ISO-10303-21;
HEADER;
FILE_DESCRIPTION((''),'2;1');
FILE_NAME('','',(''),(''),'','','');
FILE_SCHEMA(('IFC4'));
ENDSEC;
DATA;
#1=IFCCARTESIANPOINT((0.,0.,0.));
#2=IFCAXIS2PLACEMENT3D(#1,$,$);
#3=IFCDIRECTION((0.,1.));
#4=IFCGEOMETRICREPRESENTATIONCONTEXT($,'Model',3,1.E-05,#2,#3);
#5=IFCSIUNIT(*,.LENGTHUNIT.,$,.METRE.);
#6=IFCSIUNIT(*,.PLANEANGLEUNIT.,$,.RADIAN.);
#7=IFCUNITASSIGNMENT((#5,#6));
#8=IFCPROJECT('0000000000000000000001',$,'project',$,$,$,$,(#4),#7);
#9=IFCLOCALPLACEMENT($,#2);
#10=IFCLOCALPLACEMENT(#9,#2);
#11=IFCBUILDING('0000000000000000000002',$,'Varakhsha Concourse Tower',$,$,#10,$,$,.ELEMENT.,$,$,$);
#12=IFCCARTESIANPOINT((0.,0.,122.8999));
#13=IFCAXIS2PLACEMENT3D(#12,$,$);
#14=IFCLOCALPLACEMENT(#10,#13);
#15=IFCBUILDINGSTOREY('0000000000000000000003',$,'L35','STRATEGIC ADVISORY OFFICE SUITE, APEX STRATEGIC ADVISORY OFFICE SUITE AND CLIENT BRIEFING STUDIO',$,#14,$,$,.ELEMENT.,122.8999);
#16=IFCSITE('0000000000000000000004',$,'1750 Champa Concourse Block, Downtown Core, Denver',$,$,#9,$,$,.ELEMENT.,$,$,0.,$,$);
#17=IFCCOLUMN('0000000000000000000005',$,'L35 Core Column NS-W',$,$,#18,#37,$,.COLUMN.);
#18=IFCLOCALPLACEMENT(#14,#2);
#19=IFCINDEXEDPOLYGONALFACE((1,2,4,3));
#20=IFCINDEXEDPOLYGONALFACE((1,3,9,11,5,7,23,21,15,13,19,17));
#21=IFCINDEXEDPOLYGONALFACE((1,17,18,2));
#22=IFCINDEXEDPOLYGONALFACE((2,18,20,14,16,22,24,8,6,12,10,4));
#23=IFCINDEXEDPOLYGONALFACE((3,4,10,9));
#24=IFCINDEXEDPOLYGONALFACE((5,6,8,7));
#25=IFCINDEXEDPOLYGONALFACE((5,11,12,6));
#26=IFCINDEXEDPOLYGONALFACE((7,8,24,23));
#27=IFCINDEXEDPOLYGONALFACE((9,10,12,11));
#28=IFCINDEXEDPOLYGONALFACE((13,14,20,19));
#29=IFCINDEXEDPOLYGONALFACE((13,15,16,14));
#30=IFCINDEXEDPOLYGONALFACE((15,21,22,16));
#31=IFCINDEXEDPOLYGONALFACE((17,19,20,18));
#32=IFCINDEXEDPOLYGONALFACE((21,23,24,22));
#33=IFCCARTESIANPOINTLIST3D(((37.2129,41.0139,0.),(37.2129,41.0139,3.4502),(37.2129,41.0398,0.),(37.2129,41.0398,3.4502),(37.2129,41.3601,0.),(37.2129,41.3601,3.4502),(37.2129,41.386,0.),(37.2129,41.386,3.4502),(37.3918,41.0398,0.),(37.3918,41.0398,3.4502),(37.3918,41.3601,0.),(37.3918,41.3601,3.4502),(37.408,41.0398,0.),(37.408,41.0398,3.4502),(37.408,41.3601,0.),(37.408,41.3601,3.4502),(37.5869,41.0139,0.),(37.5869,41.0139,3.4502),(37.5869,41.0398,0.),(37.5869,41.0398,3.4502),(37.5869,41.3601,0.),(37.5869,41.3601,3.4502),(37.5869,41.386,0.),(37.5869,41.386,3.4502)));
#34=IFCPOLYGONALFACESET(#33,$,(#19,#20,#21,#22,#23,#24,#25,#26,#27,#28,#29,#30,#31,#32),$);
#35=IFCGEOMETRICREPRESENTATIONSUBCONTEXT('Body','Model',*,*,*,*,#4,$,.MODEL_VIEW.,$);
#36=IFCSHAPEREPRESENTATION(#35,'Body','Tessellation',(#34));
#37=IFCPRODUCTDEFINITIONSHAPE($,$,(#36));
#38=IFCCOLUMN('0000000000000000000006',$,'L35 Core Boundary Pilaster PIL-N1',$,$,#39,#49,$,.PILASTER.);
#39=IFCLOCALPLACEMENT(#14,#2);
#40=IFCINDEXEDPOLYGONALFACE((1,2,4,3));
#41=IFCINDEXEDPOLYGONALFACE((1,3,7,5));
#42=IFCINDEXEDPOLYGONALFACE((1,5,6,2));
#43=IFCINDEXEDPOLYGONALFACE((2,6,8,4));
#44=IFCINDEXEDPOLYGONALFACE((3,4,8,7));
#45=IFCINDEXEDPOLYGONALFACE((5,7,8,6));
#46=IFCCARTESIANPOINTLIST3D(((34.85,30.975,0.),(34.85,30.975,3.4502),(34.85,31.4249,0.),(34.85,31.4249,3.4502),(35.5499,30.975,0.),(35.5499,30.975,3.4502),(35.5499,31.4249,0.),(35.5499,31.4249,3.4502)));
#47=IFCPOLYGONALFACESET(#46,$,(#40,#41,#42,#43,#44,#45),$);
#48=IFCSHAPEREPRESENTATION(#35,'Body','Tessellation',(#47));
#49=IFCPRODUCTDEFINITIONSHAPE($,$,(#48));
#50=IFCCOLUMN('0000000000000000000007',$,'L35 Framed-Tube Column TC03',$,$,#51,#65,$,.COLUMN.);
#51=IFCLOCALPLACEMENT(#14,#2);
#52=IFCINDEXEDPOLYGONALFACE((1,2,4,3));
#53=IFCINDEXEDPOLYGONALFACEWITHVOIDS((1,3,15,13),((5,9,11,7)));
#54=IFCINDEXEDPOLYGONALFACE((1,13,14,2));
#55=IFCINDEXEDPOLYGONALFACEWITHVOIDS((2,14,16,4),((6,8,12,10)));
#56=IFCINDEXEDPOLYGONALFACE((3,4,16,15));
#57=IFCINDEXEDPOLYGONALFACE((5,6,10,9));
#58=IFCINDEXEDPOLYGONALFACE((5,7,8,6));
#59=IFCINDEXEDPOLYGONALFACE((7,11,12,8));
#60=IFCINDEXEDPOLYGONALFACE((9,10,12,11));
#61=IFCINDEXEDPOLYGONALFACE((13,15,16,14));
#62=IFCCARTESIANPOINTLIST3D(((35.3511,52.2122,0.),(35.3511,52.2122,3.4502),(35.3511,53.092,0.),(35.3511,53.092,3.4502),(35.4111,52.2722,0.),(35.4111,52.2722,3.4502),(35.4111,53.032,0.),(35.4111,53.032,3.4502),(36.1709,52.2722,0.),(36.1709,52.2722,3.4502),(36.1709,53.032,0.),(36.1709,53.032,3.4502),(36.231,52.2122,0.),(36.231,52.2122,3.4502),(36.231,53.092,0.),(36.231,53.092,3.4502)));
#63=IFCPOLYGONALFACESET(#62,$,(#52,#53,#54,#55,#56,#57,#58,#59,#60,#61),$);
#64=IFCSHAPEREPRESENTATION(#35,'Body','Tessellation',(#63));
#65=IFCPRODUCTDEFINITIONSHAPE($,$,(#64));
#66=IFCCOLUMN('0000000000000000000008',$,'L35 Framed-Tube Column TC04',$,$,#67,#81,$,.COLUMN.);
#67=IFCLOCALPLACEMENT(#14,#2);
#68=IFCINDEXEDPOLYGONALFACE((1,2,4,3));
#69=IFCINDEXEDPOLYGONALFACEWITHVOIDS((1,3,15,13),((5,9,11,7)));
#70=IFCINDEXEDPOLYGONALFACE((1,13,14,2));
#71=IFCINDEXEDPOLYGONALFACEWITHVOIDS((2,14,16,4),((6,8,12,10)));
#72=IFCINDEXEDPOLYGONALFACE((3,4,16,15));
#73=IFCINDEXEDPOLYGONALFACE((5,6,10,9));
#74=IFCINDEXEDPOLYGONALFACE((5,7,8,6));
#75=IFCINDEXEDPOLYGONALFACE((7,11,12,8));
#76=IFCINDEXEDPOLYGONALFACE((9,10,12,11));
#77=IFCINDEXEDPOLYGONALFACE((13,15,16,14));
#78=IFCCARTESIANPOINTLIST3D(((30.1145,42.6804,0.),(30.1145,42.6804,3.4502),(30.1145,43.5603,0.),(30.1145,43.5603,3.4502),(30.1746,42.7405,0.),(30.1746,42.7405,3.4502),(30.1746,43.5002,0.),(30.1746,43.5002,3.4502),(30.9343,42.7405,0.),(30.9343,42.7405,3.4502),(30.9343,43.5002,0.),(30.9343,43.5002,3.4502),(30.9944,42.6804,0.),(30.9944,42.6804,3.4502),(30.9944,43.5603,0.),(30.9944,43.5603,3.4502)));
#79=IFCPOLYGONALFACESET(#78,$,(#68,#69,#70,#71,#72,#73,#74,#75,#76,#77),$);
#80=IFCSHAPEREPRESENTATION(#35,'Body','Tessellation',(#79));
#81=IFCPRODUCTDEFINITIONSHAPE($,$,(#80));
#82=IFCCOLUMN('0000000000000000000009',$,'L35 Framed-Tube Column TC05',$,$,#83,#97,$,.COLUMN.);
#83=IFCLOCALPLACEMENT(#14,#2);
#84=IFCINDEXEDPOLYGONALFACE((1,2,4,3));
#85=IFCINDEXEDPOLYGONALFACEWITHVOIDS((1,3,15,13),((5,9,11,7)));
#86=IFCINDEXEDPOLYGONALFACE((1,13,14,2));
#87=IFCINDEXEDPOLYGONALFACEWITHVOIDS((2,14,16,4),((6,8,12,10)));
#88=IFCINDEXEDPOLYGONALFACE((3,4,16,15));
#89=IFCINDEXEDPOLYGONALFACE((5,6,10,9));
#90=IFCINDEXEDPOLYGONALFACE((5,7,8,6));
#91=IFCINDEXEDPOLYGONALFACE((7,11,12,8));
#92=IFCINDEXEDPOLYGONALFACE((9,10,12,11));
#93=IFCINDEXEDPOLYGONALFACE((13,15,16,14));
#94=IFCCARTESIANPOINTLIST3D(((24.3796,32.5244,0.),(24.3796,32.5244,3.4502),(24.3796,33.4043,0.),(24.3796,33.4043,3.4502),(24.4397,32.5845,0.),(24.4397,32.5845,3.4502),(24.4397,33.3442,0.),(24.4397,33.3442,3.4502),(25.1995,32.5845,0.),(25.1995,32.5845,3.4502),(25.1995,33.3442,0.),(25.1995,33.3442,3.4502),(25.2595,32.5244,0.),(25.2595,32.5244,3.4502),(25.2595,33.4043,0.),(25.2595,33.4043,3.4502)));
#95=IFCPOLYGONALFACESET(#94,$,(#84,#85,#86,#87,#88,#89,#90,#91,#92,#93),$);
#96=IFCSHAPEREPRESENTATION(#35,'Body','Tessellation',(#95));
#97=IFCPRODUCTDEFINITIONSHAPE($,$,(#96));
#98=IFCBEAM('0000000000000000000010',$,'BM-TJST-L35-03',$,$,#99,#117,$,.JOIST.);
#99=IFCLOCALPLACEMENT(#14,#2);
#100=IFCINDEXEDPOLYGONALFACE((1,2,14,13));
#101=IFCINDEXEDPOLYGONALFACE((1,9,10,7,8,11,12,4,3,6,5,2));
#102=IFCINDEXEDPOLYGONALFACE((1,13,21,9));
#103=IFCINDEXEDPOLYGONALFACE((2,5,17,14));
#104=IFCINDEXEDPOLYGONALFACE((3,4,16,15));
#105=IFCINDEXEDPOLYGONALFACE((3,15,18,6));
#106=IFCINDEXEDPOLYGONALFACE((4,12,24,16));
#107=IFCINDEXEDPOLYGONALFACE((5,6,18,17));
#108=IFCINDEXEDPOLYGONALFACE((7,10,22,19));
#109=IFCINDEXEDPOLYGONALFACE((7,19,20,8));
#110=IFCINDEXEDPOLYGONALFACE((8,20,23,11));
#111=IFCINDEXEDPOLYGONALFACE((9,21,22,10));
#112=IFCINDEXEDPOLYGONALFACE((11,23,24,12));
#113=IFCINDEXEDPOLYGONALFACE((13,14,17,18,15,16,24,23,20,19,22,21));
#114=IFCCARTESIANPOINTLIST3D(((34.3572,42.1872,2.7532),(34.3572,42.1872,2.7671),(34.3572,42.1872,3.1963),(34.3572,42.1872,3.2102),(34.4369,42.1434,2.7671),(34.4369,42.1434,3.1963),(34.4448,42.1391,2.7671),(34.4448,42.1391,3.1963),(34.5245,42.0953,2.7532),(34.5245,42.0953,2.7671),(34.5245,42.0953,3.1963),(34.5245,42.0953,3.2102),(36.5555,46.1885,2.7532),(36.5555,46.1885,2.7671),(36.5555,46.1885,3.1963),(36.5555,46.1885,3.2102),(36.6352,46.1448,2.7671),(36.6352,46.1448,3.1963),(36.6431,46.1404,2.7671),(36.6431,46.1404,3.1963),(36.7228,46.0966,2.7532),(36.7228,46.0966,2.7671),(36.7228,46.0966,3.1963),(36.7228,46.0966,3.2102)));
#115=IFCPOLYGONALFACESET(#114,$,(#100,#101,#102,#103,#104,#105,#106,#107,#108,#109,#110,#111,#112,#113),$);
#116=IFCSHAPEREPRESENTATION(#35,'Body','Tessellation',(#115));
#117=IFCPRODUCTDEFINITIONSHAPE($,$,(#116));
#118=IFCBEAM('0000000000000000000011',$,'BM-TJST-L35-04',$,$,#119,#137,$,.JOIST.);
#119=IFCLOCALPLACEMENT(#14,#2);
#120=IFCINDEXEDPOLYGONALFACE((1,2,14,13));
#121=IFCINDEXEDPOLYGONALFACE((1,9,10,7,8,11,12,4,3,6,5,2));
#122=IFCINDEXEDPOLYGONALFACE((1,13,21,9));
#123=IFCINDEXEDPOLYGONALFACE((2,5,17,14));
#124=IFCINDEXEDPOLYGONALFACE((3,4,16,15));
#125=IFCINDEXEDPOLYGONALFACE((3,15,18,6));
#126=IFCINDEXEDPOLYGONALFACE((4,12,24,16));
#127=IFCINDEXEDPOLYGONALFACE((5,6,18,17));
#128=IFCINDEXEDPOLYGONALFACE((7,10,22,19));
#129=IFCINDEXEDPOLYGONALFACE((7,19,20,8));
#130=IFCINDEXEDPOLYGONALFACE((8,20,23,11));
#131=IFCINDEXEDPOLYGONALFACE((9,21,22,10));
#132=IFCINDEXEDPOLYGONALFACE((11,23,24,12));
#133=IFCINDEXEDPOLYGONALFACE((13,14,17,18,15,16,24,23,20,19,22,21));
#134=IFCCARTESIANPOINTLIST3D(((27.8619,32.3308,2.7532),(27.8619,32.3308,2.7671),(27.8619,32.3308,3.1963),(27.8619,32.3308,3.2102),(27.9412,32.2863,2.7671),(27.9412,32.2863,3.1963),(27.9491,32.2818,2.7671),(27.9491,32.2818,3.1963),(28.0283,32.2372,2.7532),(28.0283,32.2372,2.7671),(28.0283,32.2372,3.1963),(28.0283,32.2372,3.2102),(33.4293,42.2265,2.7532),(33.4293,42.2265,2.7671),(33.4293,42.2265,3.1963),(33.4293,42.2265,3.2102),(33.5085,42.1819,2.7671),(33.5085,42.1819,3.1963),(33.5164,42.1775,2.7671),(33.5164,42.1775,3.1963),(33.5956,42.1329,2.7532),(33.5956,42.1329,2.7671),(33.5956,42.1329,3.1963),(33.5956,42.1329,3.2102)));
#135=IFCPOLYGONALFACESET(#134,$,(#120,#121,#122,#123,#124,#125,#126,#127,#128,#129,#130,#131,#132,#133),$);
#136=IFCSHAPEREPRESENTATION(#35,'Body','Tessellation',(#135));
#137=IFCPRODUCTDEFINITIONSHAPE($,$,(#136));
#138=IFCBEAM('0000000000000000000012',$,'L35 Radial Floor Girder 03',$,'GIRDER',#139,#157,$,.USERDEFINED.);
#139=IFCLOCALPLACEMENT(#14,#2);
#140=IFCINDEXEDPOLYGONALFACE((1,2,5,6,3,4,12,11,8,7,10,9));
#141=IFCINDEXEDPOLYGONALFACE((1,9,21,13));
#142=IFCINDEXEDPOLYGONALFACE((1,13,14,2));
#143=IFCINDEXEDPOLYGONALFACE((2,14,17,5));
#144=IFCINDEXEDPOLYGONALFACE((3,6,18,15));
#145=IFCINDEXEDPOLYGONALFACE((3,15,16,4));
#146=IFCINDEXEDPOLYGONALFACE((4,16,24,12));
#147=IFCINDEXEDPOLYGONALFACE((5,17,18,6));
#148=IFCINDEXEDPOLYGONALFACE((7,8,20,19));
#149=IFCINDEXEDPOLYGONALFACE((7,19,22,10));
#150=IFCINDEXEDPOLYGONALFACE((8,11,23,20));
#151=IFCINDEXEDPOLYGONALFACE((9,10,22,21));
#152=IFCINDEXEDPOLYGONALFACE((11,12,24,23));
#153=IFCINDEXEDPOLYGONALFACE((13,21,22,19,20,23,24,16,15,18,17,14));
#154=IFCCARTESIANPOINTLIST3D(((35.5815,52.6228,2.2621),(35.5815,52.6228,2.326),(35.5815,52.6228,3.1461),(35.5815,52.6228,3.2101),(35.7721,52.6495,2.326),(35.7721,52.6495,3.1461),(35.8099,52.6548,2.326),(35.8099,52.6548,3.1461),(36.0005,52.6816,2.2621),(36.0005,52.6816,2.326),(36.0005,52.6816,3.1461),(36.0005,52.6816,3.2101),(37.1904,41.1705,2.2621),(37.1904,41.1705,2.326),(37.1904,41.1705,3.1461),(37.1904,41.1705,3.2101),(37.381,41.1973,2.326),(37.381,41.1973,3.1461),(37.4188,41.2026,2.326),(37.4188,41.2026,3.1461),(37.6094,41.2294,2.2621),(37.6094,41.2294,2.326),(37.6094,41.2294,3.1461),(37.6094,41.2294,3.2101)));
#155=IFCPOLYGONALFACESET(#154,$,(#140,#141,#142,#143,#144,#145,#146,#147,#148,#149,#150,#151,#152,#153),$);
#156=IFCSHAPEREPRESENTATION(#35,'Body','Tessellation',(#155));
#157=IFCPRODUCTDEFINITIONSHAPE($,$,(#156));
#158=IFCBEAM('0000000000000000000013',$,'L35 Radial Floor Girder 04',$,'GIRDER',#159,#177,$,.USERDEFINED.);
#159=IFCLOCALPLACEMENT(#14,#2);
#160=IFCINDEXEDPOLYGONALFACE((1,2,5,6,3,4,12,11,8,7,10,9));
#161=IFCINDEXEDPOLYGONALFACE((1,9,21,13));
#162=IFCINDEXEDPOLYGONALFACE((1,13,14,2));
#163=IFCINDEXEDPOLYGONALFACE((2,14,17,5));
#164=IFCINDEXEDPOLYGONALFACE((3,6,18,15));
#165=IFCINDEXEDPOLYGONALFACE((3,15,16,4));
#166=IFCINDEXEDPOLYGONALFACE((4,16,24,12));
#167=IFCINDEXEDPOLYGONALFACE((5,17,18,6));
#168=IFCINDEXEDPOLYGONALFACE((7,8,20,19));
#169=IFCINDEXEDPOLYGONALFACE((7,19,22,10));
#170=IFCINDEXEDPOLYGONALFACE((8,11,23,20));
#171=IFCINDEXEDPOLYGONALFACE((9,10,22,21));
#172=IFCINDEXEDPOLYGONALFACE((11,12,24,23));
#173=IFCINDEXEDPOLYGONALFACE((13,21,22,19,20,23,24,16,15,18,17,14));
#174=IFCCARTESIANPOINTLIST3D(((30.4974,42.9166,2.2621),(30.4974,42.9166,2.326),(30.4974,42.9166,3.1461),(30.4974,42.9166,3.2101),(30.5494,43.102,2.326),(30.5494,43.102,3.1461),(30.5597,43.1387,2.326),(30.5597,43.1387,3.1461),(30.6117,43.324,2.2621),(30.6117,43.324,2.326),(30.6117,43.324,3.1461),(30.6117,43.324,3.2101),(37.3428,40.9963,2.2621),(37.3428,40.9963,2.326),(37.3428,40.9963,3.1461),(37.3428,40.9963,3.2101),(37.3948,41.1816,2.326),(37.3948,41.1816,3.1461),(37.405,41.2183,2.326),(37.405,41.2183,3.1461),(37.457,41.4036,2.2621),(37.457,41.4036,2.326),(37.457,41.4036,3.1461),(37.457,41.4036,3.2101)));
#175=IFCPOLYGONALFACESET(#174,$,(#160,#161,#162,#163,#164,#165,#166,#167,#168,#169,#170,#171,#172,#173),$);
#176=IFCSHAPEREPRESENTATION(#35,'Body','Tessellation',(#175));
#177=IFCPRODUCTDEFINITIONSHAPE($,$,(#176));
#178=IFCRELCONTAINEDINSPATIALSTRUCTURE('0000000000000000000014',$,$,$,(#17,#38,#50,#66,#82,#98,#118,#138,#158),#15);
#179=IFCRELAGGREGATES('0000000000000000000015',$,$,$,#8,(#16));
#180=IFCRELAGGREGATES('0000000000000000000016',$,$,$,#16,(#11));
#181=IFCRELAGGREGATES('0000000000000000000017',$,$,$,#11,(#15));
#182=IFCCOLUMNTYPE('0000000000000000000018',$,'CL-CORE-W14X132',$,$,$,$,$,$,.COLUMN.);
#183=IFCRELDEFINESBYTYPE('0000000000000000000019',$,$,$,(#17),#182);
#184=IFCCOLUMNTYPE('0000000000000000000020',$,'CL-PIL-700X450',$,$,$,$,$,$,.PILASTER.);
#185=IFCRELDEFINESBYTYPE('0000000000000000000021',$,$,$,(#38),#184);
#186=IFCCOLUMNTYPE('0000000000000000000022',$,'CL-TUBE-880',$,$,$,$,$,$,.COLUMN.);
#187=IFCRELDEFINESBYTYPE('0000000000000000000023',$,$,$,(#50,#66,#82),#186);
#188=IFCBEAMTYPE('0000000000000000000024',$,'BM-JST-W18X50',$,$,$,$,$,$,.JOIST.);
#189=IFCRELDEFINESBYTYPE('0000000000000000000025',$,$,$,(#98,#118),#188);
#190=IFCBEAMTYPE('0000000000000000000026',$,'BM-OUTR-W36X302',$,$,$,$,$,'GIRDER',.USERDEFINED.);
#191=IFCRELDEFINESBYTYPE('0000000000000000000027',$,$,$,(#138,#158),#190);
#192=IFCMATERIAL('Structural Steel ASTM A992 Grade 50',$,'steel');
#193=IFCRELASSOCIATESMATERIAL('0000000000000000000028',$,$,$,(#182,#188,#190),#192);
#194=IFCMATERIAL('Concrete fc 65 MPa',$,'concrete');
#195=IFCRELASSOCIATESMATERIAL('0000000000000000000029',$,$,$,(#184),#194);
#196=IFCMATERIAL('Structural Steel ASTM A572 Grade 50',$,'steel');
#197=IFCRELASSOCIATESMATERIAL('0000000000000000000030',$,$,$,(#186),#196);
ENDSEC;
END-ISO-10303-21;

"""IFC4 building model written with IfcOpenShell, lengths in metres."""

from ifc_helpers import new_model, si_unit, direction, frame, origin, origin_2d, place, context, subcontext, project, spatial, rectangle, hollow_rectangle, i_section, extrude, material, material_profile, profile_set, type_object, element, save


model = new_model("IFC4")

# Units and contexts
model_context = context("Model", 3, precision=1e-05, world=origin(), true_north=direction((0.0, 1.0)))
body_context = subcontext(model_context, "Body", "Model", "MODEL_VIEW")
ifc_project = project(units=[si_unit("LENGTHUNIT", "METRE"), si_unit("PLANEANGLEUNIT", "RADIAN")], contexts=[model_context])

# Site, building, storey
site_placement = place(None, origin())
site = spatial("IfcSite", under=ifc_project, at=site_placement, Name="1750 Champa Concourse Block, Downtown Core, Denver", CompositionType="ELEMENT", RefElevation=0.0)
building_placement = place(site_placement, origin())
building = spatial("IfcBuilding", under=site, at=building_placement, Name="Varakhsha Concourse Tower", CompositionType="ELEMENT")
storey_placement = place(building_placement, frame((0.0, 0.0, 122.8999)))
storey = spatial("IfcBuildingStorey", under=building, at=storey_placement, Name="L35", Description="STRATEGIC ADVISORY OFFICE SUITE, APEX STRATEGIC ADVISORY OFFICE SUITE AND CLIENT BRIEFING STUDIO", CompositionType="ELEMENT", Elevation=122.8999)

# Columns
ifc_material_1 = material(Name="Structural Steel ASTM A992 Grade 50", Category="steel")
ifc_material_profile_1 = material_profile(ifc_material_1, i_section(OverallWidth=0.374, OverallDepth=0.3721, WebThickness=0.0161, FlangeThickness=0.0259, at=origin_2d()), Name="W14X132")
ifc_profile_set_1 = profile_set([ifc_material_profile_1], Name="Structural Steel ASTM A992 Grade 50")
column_type_1 = type_object("IfcColumnType", Name="CL-CORE-W14X132", PredefinedType="COLUMN", material=ifc_profile_set_1)
column_1_placement = place(storey_placement, frame((37.3999, 41.2, 0.0), z_axis=(0.0, 0.0, 1.0), x_axis=(1.0, 0.0, 0.0)))
element("IfcColumn", 1, at=column_1_placement, inside=storey, type_object=column_type_1, Name="L35 Core Column NS-W", PredefinedType="COLUMN", context=body_context, shape_type="SweptSolid", body=[
    extrude(i_section(OverallWidth=0.374, OverallDepth=0.3721, WebThickness=0.0161, FlangeThickness=0.0259, at=origin_2d()), origin(), (0.0, 0.0, 1.0), 3.4502),
])
ifc_material_2 = material(Name="Concrete fc 65 MPa", Category="concrete")
ifc_material_profile_2 = material_profile(ifc_material_2, rectangle(XDim=0.7, YDim=0.45, at=origin_2d()), Name="RC 700x450")
ifc_profile_set_2 = profile_set([ifc_material_profile_2], Name="Concrete fc 65 MPa")
column_type_2 = type_object("IfcColumnType", Name="CL-PIL-700X450", PredefinedType="PILASTER", material=ifc_profile_set_2)
column_2_placement = place(storey_placement, frame((35.2, 31.2, 0.0), z_axis=(0.0, 0.0, 1.0), x_axis=(1.0, 0.0, 0.0)))
element("IfcColumn", 2, at=column_2_placement, inside=storey, type_object=column_type_2, Name="L35 Core Boundary Pilaster PIL-N1", PredefinedType="PILASTER", context=body_context, shape_type="SweptSolid", body=[
    extrude(rectangle(XDim=0.7, YDim=0.45, at=origin_2d()), origin(), (0.0, 0.0, 1.0), 3.4502),
])
ifc_material_3 = material(Name="Structural Steel ASTM A572 Grade 50", Category="steel")
ifc_material_profile_3 = material_profile(ifc_material_3, hollow_rectangle(XDim=0.8799, YDim=0.8799, WallThickness=0.0601, at=origin_2d()), Name="BOX 880x880x60")
ifc_profile_set_3 = profile_set([ifc_material_profile_3], Name="Structural Steel ASTM A572 Grade 50")
column_type_3 = type_object("IfcColumnType", Name="CL-TUBE-880", PredefinedType="COLUMN", material=ifc_profile_set_3)
for number, where, z_axis, x_axis, name in (
    (3, (35.791, 52.6521, 0.0), (0.0, 0.0, 1.0), (1.0, 0.0, 0.0), "L35 Framed-Tube Column TC03"),
    (4, (30.5544, 43.1204, 0.0), (0.0, 0.0, 1.0), (1.0, 0.0, 0.0), "L35 Framed-Tube Column TC04"),
    (5, (24.8196, 32.9644, 0.0), (0.0, 0.0, 1.0), (1.0, 0.0, 0.0), "L35 Framed-Tube Column TC05"),
):
    element("IfcColumn", number, at=place(storey_placement, frame(where, z_axis=z_axis, x_axis=x_axis)), inside=storey, type_object=column_type_3, Name=name, PredefinedType="COLUMN", context=body_context, shape_type="SweptSolid", body=[
        extrude(hollow_rectangle(XDim=0.8799, YDim=0.8799, WallThickness=0.0601, at=origin_2d()), origin(), (0.0, 0.0, 1.0), 3.4502),
    ])

# Beams
ifc_material_profile_4 = material_profile(ifc_material_1, i_section(OverallWidth=0.1909, OverallDepth=0.457, WebThickness=0.009, FlangeThickness=0.0139, at=origin_2d()), Name="W18X50")
ifc_profile_set_4 = profile_set([ifc_material_profile_4], Name="Structural Steel ASTM A992 Grade 50")
beam_type_1 = type_object("IfcBeamType", Name="BM-JST-W18X50", PredefinedType="JOIST", material=ifc_profile_set_4)
beam_1_placement = place(storey_placement, frame((36.6392, 46.1426, 2.9817), z_axis=(-0.48151, -0.876441, 0.0), x_axis=(0.876441, -0.48151, 0.0)))
element("IfcBeam", 6, at=beam_1_placement, inside=storey, type_object=beam_type_1, Name="BM-TJST-L35-03", PredefinedType="JOIST", context=body_context, shape_type="SweptSolid", body=[
    extrude(i_section(OverallWidth=0.1909, OverallDepth=0.457, WebThickness=0.009, FlangeThickness=0.0139, at=origin_2d()), origin(), (0.0, 0.0, 1.0), 4.5654),
])
beam_2_placement = place(storey_placement, frame((33.5125, 42.1797, 2.9817), z_axis=(-0.49033, -0.871537, 0.0), x_axis=(0.871537, -0.49033, 0.0)))
element("IfcBeam", 7, at=beam_2_placement, inside=storey, type_object=beam_type_1, Name="BM-TJST-L35-04", PredefinedType="JOIST", context=body_context, shape_type="SweptSolid", body=[
    extrude(i_section(OverallWidth=0.1909, OverallDepth=0.457, WebThickness=0.009, FlangeThickness=0.0139, at=origin_2d()), origin(), (0.0, 0.0, 1.0), 11.3542),
])
ifc_material_profile_5 = material_profile(ifc_material_1, i_section(OverallWidth=0.4231, OverallDepth=0.948, WebThickness=0.0381, FlangeThickness=0.064, at=origin_2d()), Name="W36X302")
ifc_profile_set_5 = profile_set([ifc_material_profile_5], Name="Structural Steel ASTM A992 Grade 50")
beam_type_2 = type_object("IfcBeamType", Name="BM-OUTR-W36X302", ElementType="GIRDER", PredefinedType="USERDEFINED", material=ifc_profile_set_5)
beam_3_placement = place(storey_placement, frame((37.3999, 41.2, 2.7361), z_axis=(-0.139122, 0.990275, 0.0), x_axis=(-0.990275, -0.139122, 0.0)))
element("IfcBeam", 8, at=beam_3_placement, inside=storey, type_object=beam_type_2, Name="L35 Radial Floor Girder 03", ObjectType="GIRDER", PredefinedType="USERDEFINED", context=body_context, shape_type="SweptSolid", body=[
    extrude(i_section(OverallWidth=0.4231, OverallDepth=0.948, WebThickness=0.0381, FlangeThickness=0.064, at=origin_2d()), origin(), (0.0, 0.0, 1.0), 11.5647),
])
beam_4_placement = place(storey_placement, frame((37.3999, 41.2, 2.7361), z_axis=(-0.962829, 0.27011, 0.0), x_axis=(-0.27011, -0.962829, 0.0)))
element("IfcBeam", 9, at=beam_4_placement, inside=storey, type_object=beam_type_2, Name="L35 Radial Floor Girder 04", ObjectType="GIRDER", PredefinedType="USERDEFINED", context=body_context, shape_type="SweptSolid", body=[
    extrude(i_section(OverallWidth=0.4231, OverallDepth=0.948, WebThickness=0.0381, FlangeThickness=0.064, at=origin_2d()), origin(), (0.0, 0.0, 1.0), 7.1096),
])

save(model, "model.ifc")
